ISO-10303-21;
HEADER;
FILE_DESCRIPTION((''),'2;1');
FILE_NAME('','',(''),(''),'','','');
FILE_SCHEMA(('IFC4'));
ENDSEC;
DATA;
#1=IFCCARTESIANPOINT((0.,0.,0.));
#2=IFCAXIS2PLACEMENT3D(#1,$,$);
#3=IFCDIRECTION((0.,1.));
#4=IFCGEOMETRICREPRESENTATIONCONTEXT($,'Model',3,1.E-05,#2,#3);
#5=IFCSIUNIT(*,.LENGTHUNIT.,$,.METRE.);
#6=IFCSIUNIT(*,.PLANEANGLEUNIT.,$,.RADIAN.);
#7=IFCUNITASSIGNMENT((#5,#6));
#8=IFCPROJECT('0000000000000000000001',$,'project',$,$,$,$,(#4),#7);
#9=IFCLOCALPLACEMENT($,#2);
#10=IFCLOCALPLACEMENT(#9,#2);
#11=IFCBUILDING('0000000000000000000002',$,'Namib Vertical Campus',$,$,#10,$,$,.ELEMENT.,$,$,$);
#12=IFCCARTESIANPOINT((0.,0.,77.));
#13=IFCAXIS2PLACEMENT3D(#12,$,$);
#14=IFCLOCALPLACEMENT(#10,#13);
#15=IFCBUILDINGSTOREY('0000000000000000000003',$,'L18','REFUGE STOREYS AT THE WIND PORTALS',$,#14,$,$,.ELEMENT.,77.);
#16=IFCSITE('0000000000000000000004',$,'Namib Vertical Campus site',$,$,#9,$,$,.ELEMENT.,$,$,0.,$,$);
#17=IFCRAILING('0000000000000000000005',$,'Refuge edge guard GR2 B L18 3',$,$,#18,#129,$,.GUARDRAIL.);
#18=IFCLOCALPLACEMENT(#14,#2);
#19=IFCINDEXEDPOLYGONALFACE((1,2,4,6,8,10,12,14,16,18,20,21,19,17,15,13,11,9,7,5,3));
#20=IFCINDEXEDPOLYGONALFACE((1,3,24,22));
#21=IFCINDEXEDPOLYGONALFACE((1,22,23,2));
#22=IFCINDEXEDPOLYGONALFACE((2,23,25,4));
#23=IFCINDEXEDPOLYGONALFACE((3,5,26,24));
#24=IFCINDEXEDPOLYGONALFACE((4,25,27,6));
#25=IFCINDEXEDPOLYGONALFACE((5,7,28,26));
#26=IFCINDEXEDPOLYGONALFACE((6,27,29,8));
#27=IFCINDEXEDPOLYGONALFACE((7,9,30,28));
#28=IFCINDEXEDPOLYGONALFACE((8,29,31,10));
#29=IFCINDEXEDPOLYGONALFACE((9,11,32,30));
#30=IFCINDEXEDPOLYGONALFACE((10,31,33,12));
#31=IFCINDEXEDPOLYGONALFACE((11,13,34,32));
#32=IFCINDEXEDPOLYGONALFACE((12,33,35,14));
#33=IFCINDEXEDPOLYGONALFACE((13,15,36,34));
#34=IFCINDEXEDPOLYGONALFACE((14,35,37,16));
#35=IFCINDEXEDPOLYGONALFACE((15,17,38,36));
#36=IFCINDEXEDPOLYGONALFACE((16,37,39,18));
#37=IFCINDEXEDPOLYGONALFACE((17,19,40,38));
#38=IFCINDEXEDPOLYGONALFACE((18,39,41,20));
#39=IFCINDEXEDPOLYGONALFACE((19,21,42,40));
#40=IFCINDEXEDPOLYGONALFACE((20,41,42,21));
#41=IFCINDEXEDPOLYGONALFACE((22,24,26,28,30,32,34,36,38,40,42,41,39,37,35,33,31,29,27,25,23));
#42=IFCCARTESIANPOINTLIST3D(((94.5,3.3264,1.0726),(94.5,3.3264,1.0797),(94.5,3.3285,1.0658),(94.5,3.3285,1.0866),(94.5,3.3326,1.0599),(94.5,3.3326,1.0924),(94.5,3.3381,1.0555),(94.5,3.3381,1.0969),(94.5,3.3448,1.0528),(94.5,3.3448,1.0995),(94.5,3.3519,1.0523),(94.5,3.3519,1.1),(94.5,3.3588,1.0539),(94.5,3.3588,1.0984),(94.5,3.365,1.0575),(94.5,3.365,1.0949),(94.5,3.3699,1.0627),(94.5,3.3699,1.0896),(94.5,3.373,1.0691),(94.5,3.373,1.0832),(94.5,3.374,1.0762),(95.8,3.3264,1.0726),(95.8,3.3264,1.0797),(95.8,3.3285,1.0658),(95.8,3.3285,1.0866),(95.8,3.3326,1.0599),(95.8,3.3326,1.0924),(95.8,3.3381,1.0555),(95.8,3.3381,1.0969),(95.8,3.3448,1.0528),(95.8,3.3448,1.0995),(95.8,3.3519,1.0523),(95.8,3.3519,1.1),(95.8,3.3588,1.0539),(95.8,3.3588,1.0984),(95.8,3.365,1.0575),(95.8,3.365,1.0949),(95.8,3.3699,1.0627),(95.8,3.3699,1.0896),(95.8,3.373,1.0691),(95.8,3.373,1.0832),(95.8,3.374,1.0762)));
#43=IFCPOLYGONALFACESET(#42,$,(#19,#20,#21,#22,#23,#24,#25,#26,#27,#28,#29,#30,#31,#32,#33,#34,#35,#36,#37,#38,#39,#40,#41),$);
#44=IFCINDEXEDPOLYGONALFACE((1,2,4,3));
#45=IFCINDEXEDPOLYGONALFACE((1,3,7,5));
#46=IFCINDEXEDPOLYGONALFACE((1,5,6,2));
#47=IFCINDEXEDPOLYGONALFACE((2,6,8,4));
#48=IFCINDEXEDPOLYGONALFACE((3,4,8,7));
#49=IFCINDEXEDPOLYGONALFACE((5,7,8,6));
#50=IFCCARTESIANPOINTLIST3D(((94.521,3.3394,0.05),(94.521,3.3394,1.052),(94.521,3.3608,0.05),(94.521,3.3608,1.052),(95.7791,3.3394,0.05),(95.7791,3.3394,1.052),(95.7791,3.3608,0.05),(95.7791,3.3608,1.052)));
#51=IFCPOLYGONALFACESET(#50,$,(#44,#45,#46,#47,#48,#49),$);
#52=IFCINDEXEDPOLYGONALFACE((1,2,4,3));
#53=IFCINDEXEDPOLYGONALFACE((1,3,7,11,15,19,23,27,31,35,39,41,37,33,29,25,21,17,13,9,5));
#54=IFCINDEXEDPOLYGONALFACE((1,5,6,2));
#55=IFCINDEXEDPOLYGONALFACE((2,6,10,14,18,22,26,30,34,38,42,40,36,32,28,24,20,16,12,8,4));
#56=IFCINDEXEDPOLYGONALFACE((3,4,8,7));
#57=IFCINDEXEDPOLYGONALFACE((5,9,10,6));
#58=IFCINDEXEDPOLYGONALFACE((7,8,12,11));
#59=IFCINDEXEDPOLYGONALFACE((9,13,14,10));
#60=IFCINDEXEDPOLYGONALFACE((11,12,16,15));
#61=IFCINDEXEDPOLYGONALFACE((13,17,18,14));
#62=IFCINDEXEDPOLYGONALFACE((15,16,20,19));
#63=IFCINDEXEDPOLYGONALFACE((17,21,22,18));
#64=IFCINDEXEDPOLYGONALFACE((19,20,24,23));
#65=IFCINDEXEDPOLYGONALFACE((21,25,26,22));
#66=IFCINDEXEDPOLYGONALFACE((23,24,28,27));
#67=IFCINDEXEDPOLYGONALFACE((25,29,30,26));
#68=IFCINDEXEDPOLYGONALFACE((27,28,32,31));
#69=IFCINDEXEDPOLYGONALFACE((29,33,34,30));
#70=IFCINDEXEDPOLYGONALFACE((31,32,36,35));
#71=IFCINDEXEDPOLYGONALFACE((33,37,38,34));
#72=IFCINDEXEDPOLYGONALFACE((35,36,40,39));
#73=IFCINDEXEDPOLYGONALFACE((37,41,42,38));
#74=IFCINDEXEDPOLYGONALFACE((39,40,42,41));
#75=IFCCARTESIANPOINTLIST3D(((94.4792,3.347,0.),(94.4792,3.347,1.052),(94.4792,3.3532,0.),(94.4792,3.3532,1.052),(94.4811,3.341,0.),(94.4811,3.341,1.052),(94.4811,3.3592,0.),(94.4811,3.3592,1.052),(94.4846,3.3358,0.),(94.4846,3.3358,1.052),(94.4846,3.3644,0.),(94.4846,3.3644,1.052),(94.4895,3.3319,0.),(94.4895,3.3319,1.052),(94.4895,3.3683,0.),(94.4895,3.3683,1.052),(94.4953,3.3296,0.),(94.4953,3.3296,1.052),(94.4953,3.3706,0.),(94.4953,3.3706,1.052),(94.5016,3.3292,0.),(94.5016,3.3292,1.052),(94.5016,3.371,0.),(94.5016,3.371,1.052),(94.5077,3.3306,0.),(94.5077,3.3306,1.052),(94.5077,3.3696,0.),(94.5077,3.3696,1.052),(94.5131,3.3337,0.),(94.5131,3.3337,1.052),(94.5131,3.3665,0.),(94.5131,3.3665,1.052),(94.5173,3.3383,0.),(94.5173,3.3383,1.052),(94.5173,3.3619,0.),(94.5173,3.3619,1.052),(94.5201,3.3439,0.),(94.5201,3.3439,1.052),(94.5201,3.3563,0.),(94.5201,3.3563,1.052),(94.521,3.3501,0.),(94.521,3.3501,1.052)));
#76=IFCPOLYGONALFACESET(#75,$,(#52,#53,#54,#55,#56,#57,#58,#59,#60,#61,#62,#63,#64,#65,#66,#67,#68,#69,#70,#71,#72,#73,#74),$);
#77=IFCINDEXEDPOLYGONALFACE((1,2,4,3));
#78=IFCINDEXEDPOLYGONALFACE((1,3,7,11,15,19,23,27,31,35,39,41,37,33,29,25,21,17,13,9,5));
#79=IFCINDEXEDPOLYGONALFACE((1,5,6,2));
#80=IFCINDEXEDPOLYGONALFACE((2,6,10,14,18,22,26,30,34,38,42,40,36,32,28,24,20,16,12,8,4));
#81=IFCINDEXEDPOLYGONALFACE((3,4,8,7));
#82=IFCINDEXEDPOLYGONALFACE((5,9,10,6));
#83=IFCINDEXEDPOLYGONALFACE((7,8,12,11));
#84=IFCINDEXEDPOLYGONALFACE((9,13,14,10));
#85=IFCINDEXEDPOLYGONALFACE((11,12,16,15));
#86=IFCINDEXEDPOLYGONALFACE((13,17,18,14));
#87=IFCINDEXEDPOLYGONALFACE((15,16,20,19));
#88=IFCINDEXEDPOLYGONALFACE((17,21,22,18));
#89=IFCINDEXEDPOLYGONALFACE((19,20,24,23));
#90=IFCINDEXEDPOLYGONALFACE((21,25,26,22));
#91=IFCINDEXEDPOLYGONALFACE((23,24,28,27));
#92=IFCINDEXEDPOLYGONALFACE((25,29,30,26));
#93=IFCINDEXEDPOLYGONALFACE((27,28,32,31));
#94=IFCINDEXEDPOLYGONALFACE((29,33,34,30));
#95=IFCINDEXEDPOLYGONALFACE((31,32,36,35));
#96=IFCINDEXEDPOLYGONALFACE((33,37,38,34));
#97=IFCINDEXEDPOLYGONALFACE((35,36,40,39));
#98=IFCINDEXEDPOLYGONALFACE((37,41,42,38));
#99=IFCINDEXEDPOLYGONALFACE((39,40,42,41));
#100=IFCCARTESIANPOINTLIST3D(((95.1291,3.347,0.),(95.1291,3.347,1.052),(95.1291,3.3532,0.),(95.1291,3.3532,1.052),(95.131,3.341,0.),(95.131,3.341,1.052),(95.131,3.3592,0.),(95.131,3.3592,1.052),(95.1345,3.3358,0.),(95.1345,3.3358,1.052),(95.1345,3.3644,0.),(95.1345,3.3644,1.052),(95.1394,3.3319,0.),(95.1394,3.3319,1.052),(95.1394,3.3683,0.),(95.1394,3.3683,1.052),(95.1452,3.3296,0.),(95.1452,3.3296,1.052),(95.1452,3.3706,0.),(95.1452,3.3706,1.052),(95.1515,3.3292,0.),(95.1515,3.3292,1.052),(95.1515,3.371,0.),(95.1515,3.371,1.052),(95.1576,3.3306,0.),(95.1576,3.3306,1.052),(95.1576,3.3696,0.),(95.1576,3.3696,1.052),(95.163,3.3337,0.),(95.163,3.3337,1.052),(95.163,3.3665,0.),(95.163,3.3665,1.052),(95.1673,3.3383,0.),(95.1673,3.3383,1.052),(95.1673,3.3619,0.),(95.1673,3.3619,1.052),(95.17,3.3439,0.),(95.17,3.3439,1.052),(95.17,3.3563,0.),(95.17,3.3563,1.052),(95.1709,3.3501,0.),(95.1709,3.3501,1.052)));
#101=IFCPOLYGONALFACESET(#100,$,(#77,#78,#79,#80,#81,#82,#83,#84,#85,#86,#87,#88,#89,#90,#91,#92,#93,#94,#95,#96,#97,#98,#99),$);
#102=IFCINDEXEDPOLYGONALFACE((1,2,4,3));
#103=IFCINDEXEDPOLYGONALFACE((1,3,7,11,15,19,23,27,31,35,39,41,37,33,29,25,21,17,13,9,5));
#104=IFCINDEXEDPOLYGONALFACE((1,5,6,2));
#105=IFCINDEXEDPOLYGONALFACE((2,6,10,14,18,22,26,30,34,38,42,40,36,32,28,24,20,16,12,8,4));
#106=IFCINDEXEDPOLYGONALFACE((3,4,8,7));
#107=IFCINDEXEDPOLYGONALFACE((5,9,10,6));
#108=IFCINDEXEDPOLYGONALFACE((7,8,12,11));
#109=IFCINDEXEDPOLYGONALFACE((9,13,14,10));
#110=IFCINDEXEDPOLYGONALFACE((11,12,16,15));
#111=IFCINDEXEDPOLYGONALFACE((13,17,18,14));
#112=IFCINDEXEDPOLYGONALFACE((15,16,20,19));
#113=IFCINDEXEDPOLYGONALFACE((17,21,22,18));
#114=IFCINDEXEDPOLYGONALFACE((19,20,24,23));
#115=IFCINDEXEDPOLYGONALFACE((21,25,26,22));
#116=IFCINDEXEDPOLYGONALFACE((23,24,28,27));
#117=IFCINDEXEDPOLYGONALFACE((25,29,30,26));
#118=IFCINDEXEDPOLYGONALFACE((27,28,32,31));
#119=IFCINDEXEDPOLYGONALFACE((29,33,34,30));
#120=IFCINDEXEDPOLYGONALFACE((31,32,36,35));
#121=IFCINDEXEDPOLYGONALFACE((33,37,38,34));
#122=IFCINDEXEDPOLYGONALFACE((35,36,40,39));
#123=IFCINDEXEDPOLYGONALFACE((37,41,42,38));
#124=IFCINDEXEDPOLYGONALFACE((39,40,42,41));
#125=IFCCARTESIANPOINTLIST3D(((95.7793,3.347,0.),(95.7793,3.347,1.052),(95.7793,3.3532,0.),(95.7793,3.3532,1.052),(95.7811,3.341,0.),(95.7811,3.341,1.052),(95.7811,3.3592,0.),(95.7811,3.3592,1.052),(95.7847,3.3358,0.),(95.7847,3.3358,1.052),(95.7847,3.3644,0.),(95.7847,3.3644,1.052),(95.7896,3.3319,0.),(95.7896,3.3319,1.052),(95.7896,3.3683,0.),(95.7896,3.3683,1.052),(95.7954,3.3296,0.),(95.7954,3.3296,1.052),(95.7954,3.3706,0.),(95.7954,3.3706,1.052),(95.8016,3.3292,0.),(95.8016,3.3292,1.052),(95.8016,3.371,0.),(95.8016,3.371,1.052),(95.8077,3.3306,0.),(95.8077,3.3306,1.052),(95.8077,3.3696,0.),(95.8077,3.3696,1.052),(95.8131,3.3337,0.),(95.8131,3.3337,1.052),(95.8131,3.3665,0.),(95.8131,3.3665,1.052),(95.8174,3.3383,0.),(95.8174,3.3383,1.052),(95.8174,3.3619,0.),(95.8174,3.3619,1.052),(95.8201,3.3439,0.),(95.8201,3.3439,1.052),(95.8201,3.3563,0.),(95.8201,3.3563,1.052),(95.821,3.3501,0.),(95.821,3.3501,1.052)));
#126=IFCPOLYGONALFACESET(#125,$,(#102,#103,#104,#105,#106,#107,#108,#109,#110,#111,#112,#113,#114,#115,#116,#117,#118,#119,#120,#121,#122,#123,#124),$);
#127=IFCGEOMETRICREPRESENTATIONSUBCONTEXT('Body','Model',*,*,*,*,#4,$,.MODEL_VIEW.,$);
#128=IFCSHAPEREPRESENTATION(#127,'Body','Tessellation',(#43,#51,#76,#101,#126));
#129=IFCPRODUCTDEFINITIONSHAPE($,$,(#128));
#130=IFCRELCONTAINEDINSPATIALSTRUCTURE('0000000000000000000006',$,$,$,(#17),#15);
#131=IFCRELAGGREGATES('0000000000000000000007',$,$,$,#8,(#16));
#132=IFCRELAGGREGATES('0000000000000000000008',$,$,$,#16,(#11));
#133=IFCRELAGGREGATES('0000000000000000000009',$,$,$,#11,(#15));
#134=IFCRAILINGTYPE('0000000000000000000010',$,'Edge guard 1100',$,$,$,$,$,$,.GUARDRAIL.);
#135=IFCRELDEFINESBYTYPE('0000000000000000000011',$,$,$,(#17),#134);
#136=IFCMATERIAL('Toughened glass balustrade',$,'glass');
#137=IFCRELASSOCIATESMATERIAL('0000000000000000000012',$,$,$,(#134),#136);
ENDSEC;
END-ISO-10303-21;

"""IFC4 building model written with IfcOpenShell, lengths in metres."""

from ifc_helpers import new_model, si_unit, direction, frame, origin, origin_2d, place, context, subcontext, project, spatial, polyline, circle, outline, extrude, material, type_object, element, save


model = new_model("IFC4")

# Units and contexts
model_context = context("Model", 3, precision=1e-05, world=origin(), true_north=direction((0.0, 1.0)))
body_context = subcontext(model_context, "Body", "Model", "MODEL_VIEW")
ifc_project = project(units=[si_unit("LENGTHUNIT", "METRE"), si_unit("PLANEANGLEUNIT", "RADIAN")], contexts=[model_context])

# Site, building, storey
site_placement = place(None, origin())
site = spatial("IfcSite", under=ifc_project, at=site_placement, Name="Namib Vertical Campus site", CompositionType="ELEMENT", RefElevation=0.0)
building_placement = place(site_placement, origin())
building = spatial("IfcBuilding", under=site, at=building_placement, Name="Namib Vertical Campus", CompositionType="ELEMENT")
storey_placement = place(building_placement, frame((0.0, 0.0, 77.0)))
storey = spatial("IfcBuildingStorey", under=building, at=storey_placement, Name="L18", Description="REFUGE STOREYS AT THE WIND PORTALS", CompositionType="ELEMENT", Elevation=77.0)

# Railing
ifc_material_1 = material(Name="Toughened glass balustrade", Category="glass")
railing_type = type_object("IfcRailingType", Name="Edge guard 1100", PredefinedType="GUARDRAIL", material=ifc_material_1)
railing_1_placement = place(storey_placement, frame((94.5, 3.3501, 0.0)))
element("IfcRailing", 1, at=railing_1_placement, inside=storey, type_object=railing_type, Name="Refuge edge guard GR2 B L18 3", PredefinedType="GUARDRAIL", context=body_context, shape_type="SweptSolid", body=[
    extrude(circle(Radius=0.0239, at=origin_2d()), frame((0.0, 0.0, 1.0762), z_axis=(1.0, 0.0, 0.0), x_axis=(0.0, 1.0, 0.0)), (0.0, 0.0, 1.0), 1.3),
    extrude(outline(polyline([(0.021, 0.05), (1.2791, 0.05), (1.2791, 1.052), (0.021, 1.052), (0.021, 0.05)])), frame((0.0, 0.0107, 0.0), z_axis=(0.0, -1.0, 0.0), x_axis=(1.0, 0.0, 0.0)), (0.0, 0.0, 1.0), 0.0215),
    extrude(circle(Radius=0.021, at=origin_2d()), origin(), (0.0, 0.0, 1.0), 1.052),
    extrude(circle(Radius=0.021, at=origin_2d()), frame((0.6499, 0.0, 0.0)), (0.0, 0.0, 1.0), 1.052),
    extrude(circle(Radius=0.021, at=origin_2d()), frame((1.3, 0.0, 0.0)), (0.0, 0.0, 1.0), 1.052),
])

save(model, "model.ifc")
